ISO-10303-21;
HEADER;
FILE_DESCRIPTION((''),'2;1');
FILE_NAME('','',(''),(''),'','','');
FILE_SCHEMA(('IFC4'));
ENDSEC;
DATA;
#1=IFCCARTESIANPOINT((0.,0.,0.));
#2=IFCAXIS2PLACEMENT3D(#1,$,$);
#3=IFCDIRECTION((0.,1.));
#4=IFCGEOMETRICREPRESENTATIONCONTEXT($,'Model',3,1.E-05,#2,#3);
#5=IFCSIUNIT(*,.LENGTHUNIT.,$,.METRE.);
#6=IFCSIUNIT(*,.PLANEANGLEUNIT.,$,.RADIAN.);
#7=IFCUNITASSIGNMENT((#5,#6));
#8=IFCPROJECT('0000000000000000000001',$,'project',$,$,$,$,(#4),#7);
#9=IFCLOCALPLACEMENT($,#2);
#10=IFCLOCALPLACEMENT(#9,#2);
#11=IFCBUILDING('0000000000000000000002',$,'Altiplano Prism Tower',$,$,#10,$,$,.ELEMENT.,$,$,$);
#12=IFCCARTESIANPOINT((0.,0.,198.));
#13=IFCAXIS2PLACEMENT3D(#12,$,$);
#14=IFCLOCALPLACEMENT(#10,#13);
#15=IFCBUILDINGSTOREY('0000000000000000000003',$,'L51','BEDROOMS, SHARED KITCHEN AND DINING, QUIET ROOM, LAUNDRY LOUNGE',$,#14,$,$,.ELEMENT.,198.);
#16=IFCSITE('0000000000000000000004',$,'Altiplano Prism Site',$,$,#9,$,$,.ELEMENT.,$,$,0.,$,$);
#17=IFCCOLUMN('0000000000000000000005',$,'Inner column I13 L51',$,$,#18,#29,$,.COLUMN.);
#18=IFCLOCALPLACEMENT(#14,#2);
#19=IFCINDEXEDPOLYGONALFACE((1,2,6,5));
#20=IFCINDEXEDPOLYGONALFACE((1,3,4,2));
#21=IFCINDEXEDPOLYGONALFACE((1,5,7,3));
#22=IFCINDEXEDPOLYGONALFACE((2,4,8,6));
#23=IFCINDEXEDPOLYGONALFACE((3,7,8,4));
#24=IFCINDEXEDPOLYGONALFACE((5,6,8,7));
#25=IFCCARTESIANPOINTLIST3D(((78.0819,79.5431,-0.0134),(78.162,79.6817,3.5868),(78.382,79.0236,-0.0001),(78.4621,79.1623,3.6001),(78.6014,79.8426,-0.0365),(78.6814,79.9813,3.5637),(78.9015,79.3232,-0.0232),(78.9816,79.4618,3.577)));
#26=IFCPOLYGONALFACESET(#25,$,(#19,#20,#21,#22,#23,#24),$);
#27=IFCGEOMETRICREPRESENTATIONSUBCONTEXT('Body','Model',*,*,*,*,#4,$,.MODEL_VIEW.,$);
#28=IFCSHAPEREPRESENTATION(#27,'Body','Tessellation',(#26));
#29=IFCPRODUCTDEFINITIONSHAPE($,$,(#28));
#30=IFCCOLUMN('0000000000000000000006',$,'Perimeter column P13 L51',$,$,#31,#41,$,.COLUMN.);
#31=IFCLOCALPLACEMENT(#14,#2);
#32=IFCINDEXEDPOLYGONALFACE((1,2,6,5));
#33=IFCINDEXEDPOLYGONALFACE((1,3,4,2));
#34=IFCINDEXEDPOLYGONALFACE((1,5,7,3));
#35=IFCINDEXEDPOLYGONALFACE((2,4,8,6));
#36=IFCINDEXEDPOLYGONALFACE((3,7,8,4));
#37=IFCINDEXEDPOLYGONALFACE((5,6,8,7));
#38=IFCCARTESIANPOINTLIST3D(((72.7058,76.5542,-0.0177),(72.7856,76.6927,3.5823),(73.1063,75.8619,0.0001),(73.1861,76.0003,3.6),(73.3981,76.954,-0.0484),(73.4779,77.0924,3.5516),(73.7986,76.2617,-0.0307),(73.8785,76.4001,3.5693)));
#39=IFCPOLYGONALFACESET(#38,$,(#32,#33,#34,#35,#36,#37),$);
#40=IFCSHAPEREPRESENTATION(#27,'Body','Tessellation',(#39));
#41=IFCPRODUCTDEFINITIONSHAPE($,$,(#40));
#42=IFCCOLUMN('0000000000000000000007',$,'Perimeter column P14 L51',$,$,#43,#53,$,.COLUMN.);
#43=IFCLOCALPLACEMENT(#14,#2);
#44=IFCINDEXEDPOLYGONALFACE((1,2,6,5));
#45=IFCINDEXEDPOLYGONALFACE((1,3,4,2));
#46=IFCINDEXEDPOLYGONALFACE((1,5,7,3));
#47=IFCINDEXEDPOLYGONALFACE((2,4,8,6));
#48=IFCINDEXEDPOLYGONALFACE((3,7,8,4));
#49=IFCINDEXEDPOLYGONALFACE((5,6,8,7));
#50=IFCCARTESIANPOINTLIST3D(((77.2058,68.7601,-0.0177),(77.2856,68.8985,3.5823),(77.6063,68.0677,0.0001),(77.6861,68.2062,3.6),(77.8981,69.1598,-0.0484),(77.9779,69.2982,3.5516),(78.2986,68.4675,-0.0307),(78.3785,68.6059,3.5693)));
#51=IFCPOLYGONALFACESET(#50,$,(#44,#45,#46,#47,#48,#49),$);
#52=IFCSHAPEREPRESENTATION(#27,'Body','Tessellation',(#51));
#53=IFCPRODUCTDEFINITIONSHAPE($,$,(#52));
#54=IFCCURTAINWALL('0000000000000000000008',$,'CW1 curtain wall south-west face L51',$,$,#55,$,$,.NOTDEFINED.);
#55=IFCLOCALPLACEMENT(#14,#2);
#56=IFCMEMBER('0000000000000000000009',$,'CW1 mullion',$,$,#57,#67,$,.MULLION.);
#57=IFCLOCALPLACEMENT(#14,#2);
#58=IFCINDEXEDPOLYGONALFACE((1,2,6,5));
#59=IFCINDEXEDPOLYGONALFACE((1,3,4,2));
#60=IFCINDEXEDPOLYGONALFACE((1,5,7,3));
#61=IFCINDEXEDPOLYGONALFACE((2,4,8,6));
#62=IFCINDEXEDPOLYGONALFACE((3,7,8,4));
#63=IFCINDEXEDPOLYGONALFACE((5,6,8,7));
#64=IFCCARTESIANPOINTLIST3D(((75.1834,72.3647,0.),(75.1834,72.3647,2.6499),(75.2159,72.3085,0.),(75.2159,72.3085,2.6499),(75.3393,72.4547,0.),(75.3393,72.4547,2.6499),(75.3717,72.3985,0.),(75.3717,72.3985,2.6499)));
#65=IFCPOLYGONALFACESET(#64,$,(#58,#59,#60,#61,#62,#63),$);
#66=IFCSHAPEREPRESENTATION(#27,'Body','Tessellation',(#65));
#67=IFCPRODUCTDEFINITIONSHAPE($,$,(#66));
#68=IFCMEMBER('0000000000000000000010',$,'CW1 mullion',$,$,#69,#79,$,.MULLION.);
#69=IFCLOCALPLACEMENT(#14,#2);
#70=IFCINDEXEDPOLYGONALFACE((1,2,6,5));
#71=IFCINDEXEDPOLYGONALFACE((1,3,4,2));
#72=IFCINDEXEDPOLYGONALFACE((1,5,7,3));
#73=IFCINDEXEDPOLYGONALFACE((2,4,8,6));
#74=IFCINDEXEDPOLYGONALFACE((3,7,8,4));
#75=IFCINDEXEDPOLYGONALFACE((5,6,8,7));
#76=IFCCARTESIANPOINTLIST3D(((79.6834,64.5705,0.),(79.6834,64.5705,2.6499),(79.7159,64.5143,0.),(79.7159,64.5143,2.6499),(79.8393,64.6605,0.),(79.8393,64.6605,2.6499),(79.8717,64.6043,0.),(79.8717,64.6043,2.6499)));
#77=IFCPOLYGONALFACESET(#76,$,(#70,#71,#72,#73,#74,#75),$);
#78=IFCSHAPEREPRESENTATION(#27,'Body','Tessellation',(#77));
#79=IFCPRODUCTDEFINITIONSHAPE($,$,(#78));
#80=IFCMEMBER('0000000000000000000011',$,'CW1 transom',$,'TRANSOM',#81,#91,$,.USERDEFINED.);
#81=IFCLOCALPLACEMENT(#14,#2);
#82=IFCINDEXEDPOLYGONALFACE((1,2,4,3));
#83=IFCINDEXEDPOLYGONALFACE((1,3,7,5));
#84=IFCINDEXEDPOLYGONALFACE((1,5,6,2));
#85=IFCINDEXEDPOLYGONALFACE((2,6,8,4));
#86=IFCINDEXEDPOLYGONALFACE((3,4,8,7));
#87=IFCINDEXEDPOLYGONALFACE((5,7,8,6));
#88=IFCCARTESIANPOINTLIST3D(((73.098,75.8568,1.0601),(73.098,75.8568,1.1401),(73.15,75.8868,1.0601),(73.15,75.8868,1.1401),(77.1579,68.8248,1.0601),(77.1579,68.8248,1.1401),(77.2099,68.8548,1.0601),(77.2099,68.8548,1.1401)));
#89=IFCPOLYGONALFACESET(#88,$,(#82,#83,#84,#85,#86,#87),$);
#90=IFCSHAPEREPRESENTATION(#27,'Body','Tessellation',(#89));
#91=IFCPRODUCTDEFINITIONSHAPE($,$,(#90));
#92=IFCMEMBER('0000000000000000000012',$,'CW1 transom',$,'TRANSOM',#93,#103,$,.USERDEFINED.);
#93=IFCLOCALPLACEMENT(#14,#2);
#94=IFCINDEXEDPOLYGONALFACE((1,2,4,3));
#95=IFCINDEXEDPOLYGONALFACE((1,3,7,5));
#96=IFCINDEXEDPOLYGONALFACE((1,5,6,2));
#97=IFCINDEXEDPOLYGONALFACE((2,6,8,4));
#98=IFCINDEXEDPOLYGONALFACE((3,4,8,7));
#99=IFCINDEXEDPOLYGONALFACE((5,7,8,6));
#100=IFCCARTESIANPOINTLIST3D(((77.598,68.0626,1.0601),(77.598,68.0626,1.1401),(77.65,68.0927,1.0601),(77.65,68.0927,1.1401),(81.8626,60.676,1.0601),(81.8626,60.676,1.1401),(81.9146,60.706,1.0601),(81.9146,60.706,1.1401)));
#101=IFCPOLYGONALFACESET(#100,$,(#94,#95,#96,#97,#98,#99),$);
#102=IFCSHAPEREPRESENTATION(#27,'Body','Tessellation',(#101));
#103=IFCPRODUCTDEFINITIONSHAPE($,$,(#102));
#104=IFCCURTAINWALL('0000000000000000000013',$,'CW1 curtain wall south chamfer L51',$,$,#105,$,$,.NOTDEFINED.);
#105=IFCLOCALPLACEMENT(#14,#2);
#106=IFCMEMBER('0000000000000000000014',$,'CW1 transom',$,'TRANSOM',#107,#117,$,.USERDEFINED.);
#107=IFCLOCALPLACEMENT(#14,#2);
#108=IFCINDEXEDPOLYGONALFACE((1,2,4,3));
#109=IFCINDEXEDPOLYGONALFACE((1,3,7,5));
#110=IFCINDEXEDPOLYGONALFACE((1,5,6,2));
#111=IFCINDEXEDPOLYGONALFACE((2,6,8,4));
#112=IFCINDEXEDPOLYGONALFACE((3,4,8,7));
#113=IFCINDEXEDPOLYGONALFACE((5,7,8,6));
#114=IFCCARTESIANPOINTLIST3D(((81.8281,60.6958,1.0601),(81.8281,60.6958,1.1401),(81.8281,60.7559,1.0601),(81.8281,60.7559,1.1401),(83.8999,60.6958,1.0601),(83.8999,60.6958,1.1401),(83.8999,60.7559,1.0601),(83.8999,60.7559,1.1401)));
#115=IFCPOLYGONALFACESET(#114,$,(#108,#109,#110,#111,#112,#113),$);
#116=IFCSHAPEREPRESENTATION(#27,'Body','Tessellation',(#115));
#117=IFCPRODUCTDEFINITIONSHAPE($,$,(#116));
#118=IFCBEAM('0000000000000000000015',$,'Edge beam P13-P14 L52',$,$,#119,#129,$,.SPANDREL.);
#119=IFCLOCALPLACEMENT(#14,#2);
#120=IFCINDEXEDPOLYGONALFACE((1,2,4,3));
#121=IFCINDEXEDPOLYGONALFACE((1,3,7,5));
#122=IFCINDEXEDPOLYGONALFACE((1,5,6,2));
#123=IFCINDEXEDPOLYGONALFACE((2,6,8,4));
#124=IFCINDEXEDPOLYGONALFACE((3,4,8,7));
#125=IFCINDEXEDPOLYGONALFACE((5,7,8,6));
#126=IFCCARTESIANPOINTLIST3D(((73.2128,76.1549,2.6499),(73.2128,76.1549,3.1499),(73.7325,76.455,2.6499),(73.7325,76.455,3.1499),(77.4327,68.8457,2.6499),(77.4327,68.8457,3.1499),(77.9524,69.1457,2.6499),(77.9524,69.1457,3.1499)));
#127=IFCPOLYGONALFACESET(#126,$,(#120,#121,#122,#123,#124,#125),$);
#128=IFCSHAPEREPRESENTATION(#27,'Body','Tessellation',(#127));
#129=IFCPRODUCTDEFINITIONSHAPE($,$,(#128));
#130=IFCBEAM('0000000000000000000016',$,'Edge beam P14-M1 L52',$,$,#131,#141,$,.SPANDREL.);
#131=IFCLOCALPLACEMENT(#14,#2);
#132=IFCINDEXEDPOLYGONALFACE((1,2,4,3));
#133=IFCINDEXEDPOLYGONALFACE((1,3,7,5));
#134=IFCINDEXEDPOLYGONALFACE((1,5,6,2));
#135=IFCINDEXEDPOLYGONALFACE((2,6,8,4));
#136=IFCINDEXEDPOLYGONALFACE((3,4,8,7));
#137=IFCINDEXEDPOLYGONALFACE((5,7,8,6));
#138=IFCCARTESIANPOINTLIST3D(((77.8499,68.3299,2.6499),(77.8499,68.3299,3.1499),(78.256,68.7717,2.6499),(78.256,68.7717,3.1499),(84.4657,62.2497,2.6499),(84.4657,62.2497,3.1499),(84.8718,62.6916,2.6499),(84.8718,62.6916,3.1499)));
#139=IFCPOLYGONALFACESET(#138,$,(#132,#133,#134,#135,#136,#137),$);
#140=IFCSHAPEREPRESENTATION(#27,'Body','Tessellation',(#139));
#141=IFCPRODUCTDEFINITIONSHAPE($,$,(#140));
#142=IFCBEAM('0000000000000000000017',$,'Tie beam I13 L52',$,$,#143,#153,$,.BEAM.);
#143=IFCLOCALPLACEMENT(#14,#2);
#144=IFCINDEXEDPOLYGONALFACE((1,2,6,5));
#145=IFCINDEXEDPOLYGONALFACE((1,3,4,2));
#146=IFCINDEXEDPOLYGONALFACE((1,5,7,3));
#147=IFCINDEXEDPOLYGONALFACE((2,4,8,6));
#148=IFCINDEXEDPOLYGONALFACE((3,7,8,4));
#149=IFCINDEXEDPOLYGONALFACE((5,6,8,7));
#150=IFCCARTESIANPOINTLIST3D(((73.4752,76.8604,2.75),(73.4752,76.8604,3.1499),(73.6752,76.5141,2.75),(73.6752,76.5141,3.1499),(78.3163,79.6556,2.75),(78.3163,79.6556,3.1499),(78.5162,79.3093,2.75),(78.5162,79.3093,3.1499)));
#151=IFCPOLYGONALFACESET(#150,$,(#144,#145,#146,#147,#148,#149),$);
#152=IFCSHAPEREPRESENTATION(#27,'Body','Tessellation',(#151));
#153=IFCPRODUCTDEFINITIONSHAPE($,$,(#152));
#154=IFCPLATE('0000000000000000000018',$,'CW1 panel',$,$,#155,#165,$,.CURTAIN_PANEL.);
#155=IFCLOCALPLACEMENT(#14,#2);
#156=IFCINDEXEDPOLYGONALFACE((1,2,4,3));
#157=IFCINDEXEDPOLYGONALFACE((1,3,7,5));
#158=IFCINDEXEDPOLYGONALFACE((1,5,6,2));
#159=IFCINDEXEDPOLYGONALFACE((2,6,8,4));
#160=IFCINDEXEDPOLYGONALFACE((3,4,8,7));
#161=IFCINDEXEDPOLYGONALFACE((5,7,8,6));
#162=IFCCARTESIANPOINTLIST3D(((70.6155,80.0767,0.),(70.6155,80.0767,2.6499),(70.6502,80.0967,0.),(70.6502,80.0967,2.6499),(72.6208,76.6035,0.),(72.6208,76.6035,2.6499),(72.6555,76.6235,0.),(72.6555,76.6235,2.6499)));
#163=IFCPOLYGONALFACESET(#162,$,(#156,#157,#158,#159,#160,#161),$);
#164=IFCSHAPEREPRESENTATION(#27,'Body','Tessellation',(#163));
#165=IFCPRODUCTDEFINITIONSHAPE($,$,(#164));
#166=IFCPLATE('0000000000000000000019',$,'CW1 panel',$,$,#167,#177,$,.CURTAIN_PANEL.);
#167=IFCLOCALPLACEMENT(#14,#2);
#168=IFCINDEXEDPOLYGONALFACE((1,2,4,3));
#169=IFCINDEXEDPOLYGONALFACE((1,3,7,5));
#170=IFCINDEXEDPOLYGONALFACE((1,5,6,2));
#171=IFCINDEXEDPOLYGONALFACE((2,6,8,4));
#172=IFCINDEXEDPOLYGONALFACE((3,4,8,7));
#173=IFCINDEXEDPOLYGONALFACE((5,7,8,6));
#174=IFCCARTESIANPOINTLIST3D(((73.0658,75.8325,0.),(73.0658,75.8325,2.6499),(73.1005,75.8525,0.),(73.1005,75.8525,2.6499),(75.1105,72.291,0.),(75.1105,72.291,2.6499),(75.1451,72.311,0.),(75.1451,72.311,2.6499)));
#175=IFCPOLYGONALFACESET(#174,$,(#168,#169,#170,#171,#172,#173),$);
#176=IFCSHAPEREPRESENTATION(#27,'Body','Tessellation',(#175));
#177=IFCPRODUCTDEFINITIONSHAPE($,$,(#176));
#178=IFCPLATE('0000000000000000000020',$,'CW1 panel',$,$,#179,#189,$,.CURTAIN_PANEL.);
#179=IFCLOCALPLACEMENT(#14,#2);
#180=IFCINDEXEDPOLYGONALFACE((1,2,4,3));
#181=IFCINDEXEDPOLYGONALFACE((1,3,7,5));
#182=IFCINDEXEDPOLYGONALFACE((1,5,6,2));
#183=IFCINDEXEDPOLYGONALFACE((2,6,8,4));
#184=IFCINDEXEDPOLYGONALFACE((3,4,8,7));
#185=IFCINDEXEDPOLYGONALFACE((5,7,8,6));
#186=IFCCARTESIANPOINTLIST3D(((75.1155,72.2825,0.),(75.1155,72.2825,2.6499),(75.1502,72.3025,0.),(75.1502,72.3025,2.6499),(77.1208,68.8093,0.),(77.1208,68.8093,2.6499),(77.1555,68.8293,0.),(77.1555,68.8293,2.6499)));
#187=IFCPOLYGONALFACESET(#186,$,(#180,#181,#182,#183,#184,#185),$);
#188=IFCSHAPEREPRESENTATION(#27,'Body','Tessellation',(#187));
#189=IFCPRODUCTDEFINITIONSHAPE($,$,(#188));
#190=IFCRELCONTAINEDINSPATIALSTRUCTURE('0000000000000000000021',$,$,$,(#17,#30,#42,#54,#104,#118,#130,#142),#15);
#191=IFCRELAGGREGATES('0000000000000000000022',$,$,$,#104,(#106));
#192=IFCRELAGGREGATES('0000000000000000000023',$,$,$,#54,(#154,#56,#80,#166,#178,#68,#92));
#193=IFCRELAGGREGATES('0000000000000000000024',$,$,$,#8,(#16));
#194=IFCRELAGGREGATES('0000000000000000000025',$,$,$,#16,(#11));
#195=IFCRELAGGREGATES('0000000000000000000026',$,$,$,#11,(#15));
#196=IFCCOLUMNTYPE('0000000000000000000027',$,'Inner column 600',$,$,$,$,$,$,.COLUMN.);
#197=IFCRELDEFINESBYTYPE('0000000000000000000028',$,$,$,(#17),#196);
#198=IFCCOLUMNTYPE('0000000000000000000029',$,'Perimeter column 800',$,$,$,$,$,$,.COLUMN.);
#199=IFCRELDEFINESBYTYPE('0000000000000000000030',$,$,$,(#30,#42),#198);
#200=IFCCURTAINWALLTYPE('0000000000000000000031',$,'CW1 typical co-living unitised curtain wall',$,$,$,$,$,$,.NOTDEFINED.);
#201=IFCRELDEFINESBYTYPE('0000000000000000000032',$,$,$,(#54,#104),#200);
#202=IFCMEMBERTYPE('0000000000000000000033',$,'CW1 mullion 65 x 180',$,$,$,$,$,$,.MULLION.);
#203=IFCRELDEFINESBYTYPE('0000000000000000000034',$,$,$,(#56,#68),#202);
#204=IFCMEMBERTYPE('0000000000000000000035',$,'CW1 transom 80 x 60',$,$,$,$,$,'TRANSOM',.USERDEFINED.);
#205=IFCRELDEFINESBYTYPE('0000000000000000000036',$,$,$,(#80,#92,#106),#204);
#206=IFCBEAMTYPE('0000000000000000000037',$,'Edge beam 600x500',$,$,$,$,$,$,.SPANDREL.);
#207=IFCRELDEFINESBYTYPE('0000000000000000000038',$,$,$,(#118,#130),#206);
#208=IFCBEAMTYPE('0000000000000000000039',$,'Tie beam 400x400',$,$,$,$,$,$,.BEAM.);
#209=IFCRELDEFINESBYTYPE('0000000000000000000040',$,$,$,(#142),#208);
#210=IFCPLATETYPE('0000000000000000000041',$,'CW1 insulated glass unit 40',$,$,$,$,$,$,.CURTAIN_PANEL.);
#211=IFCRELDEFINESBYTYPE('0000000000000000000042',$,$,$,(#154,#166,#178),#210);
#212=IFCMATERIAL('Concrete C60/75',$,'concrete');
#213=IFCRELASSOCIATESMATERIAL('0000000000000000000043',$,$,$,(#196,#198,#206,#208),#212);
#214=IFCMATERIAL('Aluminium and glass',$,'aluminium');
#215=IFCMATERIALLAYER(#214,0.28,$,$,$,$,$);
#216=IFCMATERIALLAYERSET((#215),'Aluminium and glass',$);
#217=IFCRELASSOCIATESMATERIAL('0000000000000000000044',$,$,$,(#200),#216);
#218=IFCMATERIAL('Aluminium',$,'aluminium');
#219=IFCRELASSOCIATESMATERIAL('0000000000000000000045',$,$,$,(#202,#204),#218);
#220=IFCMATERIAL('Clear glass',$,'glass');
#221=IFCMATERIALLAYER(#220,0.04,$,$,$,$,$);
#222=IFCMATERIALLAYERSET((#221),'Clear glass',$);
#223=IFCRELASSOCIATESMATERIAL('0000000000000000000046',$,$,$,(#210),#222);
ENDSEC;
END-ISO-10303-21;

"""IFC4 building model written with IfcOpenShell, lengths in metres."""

from ifc_helpers import new_model, si_unit, direction, frame, origin, origin_2d, place, context, subcontext, project, spatial, rectangle, extrude, material, layer, layer_set, material_profile, profile_set, type_object, element, aggregate, save


model = new_model("IFC4")

# Units and contexts
model_context = context("Model", 3, precision=1e-05, world=origin(), true_north=direction((0.0, 1.0)))
body_context = subcontext(model_context, "Body", "Model", "MODEL_VIEW")
ifc_project = project(units=[si_unit("LENGTHUNIT", "METRE"), si_unit("PLANEANGLEUNIT", "RADIAN")], contexts=[model_context])

# Site, building, storey
site_placement = place(None, origin())
site = spatial("IfcSite", under=ifc_project, at=site_placement, Name="Altiplano Prism Site", CompositionType="ELEMENT", RefElevation=0.0)
building_placement = place(site_placement, origin())
building = spatial("IfcBuilding", under=site, at=building_placement, Name="Altiplano Prism Tower", CompositionType="ELEMENT")
storey_placement = place(building_placement, frame((0.0, 0.0, 198.0)))
storey = spatial("IfcBuildingStorey", under=building, at=storey_placement, Name="L51", Description="BEDROOMS, SHARED KITCHEN AND DINING, QUIET ROOM, LAUNDRY LOUNGE", CompositionType="ELEMENT", Elevation=198.0)

# Columns
ifc_material_1 = material(Name="Concrete C60/75", Category="concrete")
ifc_material_profile_1 = material_profile(ifc_material_1, rectangle(XDim=0.6001, YDim=0.6001, at=origin_2d()), Name="Inner column 600")
ifc_profile_set_1 = profile_set([ifc_material_profile_1], Name="Concrete C60/75")
column_type_1 = type_object("IfcColumnType", Name="Inner column 600", PredefinedType="COLUMN", material=ifc_profile_set_1)
column_placement = place(storey_placement, frame((78.4917, 79.4331, -0.0183), z_axis=(0.022221, 0.038481, 0.999012), x_axis=(-0.865639, -0.499187, 0.038483)))
element("IfcColumn", 1, at=column_placement, inside=storey, type_object=column_type_1, Name="Inner column I13 L51", PredefinedType="COLUMN", context=body_context, shape_type="SweptSolid", body=[
    extrude(rectangle(XDim=0.6001, YDim=0.6001, at=origin_2d()), origin(), (0.0, 0.0, 1.0), 3.6038),
])
ifc_material_profile_2 = material_profile(ifc_material_1, rectangle(XDim=0.8, YDim=0.8, at=origin_2d()), Name="Perimeter column 800")
ifc_profile_set_2 = profile_set([ifc_material_profile_2], Name="Concrete C60/75")
column_type_2 = type_object("IfcColumnType", Name="Perimeter column 800", PredefinedType="COLUMN", material=ifc_profile_set_2)
for number, where, z_axis, x_axis, name in (
    (2, (73.2522, 76.408, -0.0242), (0.022155, 0.038416, 0.999016), (-0.865362, -0.499674, 0.038405), "Perimeter column P13 L51"),
    (3, (77.7522, 68.6138, -0.0242), (0.022155, 0.038416, 0.999016), (-0.865362, -0.499674, 0.038405), "Perimeter column P14 L51"),
):
    element("IfcColumn", number, at=place(storey_placement, frame(where, z_axis=z_axis, x_axis=x_axis)), inside=storey, type_object=column_type_2, Name=name, PredefinedType="COLUMN", context=body_context, shape_type="SweptSolid", body=[
        extrude(rectangle(XDim=0.8, YDim=0.8, at=origin_2d()), origin(), (0.0, 0.0, 1.0), 3.6035),
    ])

# Curtain wall, members
ifc_material_2 = material(Name="Aluminium and glass", Category="aluminium")
ifc_layer_1 = layer(ifc_material_2, 0.28)
ifc_layer_set_1 = layer_set([ifc_layer_1], Name="Aluminium and glass")
curtain_wall_type = type_object("IfcCurtainWallType", Name="CW1 typical co-living unitised curtain wall", PredefinedType="NOTDEFINED", material=ifc_layer_set_1)
curtain_wall_1_placement = place(storey_placement, origin())
curtain_wall_1 = element("IfcCurtainWall", 4, at=curtain_wall_1_placement, inside=storey, type_object=curtain_wall_type, Name="CW1 curtain wall south-west face L51", PredefinedType="NOTDEFINED")
ifc_material_3 = material(Name="Aluminium", Category="aluminium")
ifc_material_profile_3 = material_profile(ifc_material_3, rectangle(XDim=0.1799, YDim=0.0649, at=origin_2d()), Name="CW1 mullion 65 x 180")
ifc_profile_set_3 = profile_set([ifc_material_profile_3], Name="Aluminium")
member_type_1 = type_object("IfcMemberType", Name="CW1 mullion 65 x 180", PredefinedType="MULLION", material=ifc_profile_set_3)
member_1_placement = place(storey_placement, frame((75.2776, 72.3816, 0.0), z_axis=(0.0, 0.0, 1.0), x_axis=(0.866025, 0.5, 0.0)))
member_1 = element("IfcMember", 5, at=member_1_placement, type_object=member_type_1, Name="CW1 mullion", PredefinedType="MULLION", context=body_context, shape_type="SweptSolid", body=[
    extrude(rectangle(XDim=0.1799, YDim=0.0649, at=origin_2d()), origin(), (0.0, 0.0, 1.0), 2.6499),
])
member_2_placement = place(storey_placement, frame((79.7776, 64.5874, 0.0), z_axis=(0.0, 0.0, 1.0), x_axis=(0.866025, 0.5, 0.0)))
member_2 = element("IfcMember", 6, at=member_2_placement, type_object=member_type_1, Name="CW1 mullion", PredefinedType="MULLION", context=body_context, shape_type="SweptSolid", body=[
    extrude(rectangle(XDim=0.1799, YDim=0.0649, at=origin_2d()), origin(), (0.0, 0.0, 1.0), 2.6499),
])
ifc_material_profile_4 = material_profile(ifc_material_3, rectangle(XDim=0.0601, YDim=0.0801, at=origin_2d()), Name="CW1 transom 80 x 60")
ifc_profile_set_4 = profile_set([ifc_material_profile_4], Name="Aluminium")
member_type_2 = type_object("IfcMemberType", Name="CW1 transom 80 x 60", ElementType="TRANSOM", PredefinedType="USERDEFINED", material=ifc_profile_set_4)
member_3_placement = place(storey_placement, frame((73.124, 75.8718, 1.1001), z_axis=(0.499991, -0.866031, 0.0), x_axis=(0.866031, 0.499991, 0.0)))
member_3 = element("IfcMember", 7, at=member_3_placement, type_object=member_type_2, Name="CW1 transom", ObjectType="TRANSOM", PredefinedType="USERDEFINED", context=body_context, shape_type="SweptSolid", body=[
    extrude(rectangle(XDim=0.0601, YDim=0.0801, at=origin_2d()), origin(), (0.0, 0.0, 1.0), 8.1199),
])
member_4_placement = place(storey_placement, frame((77.624, 68.0776, 1.1001), z_axis=(0.499993, -0.866029, 0.0), x_axis=(0.866029, 0.499993, 0.0)))
member_4 = element("IfcMember", 8, at=member_4_placement, type_object=member_type_2, Name="CW1 transom", ObjectType="TRANSOM", PredefinedType="USERDEFINED", context=body_context, shape_type="SweptSolid", body=[
    extrude(rectangle(XDim=0.0601, YDim=0.0801, at=origin_2d()), origin(), (0.0, 0.0, 1.0), 8.5293),
])

# Curtain wall, member
curtain_wall_2_placement = place(storey_placement, origin())
curtain_wall_2 = element("IfcCurtainWall", 9, at=curtain_wall_2_placement, inside=storey, type_object=curtain_wall_type, Name="CW1 curtain wall south chamfer L51", PredefinedType="NOTDEFINED")
member_5_placement = place(storey_placement, frame((81.8281, 60.7258, 1.1001), z_axis=(1.0, 0.0, 0.0), x_axis=(0.0, 1.0, 0.0)))
member_5 = element("IfcMember", 10, at=member_5_placement, type_object=member_type_2, Name="CW1 transom", ObjectType="TRANSOM", PredefinedType="USERDEFINED", context=body_context, shape_type="SweptSolid", body=[
    extrude(rectangle(XDim=0.0601, YDim=0.0801, at=origin_2d()), origin(), (0.0, 0.0, 1.0), 2.0718),
])
aggregate(curtain_wall_2, [member_5])

# Beams
ifc_material_profile_5 = material_profile(ifc_material_1, rectangle(XDim=0.6001, YDim=0.5, at=origin_2d()), Name="Edge beam 600x500")
ifc_profile_set_5 = profile_set([ifc_material_profile_5], Name="Concrete C60/75")
beam_type_1 = type_object("IfcBeamType", Name="Edge beam 600x500", PredefinedType="SPANDREL", material=ifc_profile_set_5)
beam_1_placement = place(storey_placement, frame((73.4727, 76.3049, 2.8999), z_axis=(0.499994, -0.866029, 0.0), x_axis=(0.866029, 0.499994, 0.0)))
element("IfcBeam", 11, at=beam_1_placement, inside=storey, type_object=beam_type_1, Name="Edge beam P13-P14 L52", PredefinedType="SPANDREL", context=body_context, shape_type="SweptSolid", body=[
    extrude(rectangle(XDim=0.6001, YDim=0.5, at=origin_2d()), origin(), (0.0, 0.0, 1.0), 8.4399),
])
beam_2_placement = place(storey_placement, frame((78.053, 68.5508, 2.8999), z_axis=(0.736285, -0.676671, 0.0), x_axis=(0.676671, 0.736285, 0.0)))
element("IfcBeam", 12, at=beam_2_placement, inside=storey, type_object=beam_type_1, Name="Edge beam P14-M1 L52", PredefinedType="SPANDREL", context=body_context, shape_type="SweptSolid", body=[
    extrude(rectangle(XDim=0.6001, YDim=0.5, at=origin_2d()), origin(), (0.0, 0.0, 1.0), 8.9854),
])
ifc_material_profile_6 = material_profile(ifc_material_1, rectangle(XDim=0.3999, YDim=0.3999, at=origin_2d()), Name="Tie beam 400x400")
ifc_profile_set_6 = profile_set([ifc_material_profile_6], Name="Concrete C60/75")
beam_type_2 = type_object("IfcBeamType", Name="Tie beam 400x400", PredefinedType="BEAM", material=ifc_profile_set_6)
beam_3_placement = place(storey_placement, frame((78.4163, 79.4824, 2.95), z_axis=(-0.866012, -0.500024, 0.0), x_axis=(0.500024, -0.866012, 0.0)))
element("IfcBeam", 13, at=beam_3_placement, inside=storey, type_object=beam_type_2, Name="Tie beam I13 L52", PredefinedType="BEAM", context=body_context, shape_type="SweptSolid", body=[
    extrude(rectangle(XDim=0.3999, YDim=0.3999, at=origin_2d()), origin(), (0.0, 0.0, 1.0), 5.5901),
])

# Plates
ifc_material_4 = material(Name="Clear glass", Category="glass")
ifc_layer_2 = layer(ifc_material_4, 0.04)
ifc_layer_set_2 = layer_set([ifc_layer_2], Name="Clear glass")
plate_type = type_object("IfcPlateType", Name="CW1 insulated glass unit 40", PredefinedType="CURTAIN_PANEL", material=ifc_layer_set_2)
plate_1_placement = place(storey_placement, frame((71.6355, 78.3501, 0.0), z_axis=(0.0, 0.0, 1.0), x_axis=(0.5, -0.866025, 0.0)))
plate_1 = element("IfcPlate", 14, at=plate_1_placement, type_object=plate_type, Name="CW1 panel", PredefinedType="CURTAIN_PANEL", context=body_context, shape_type="SweptSolid", body=[
    extrude(rectangle(XDim=4.0105, YDim=0.04, at=origin_2d()), origin(), (0.0, 0.0, 1.0), 2.6499),
])
plate_2_placement = place(storey_placement, frame((74.1055, 74.0718, 0.0), z_axis=(0.0, 0.0, 1.0), x_axis=(0.5, -0.866025, 0.0)))
plate_2 = element("IfcPlate", 15, at=plate_2_placement, type_object=plate_type, Name="CW1 panel", PredefinedType="CURTAIN_PANEL", context=body_context, shape_type="SweptSolid", body=[
    extrude(rectangle(XDim=4.0894, YDim=0.04, at=origin_2d()), origin(), (0.0, 0.0, 1.0), 2.6499),
])
plate_3_placement = place(storey_placement, frame((76.1355, 70.5559, 0.0), z_axis=(0.0, 0.0, 1.0), x_axis=(0.5, -0.866025, 0.0)))
plate_3 = element("IfcPlate", 16, at=plate_3_placement, type_object=plate_type, Name="CW1 panel", PredefinedType="CURTAIN_PANEL", context=body_context, shape_type="SweptSolid", body=[
    extrude(rectangle(XDim=4.0105, YDim=0.04, at=origin_2d()), origin(), (0.0, 0.0, 1.0), 2.6499),
])
aggregate(curtain_wall_1, [plate_1, member_1, member_3, plate_2, plate_3, member_2, member_4])

save(model, "model.ifc")
